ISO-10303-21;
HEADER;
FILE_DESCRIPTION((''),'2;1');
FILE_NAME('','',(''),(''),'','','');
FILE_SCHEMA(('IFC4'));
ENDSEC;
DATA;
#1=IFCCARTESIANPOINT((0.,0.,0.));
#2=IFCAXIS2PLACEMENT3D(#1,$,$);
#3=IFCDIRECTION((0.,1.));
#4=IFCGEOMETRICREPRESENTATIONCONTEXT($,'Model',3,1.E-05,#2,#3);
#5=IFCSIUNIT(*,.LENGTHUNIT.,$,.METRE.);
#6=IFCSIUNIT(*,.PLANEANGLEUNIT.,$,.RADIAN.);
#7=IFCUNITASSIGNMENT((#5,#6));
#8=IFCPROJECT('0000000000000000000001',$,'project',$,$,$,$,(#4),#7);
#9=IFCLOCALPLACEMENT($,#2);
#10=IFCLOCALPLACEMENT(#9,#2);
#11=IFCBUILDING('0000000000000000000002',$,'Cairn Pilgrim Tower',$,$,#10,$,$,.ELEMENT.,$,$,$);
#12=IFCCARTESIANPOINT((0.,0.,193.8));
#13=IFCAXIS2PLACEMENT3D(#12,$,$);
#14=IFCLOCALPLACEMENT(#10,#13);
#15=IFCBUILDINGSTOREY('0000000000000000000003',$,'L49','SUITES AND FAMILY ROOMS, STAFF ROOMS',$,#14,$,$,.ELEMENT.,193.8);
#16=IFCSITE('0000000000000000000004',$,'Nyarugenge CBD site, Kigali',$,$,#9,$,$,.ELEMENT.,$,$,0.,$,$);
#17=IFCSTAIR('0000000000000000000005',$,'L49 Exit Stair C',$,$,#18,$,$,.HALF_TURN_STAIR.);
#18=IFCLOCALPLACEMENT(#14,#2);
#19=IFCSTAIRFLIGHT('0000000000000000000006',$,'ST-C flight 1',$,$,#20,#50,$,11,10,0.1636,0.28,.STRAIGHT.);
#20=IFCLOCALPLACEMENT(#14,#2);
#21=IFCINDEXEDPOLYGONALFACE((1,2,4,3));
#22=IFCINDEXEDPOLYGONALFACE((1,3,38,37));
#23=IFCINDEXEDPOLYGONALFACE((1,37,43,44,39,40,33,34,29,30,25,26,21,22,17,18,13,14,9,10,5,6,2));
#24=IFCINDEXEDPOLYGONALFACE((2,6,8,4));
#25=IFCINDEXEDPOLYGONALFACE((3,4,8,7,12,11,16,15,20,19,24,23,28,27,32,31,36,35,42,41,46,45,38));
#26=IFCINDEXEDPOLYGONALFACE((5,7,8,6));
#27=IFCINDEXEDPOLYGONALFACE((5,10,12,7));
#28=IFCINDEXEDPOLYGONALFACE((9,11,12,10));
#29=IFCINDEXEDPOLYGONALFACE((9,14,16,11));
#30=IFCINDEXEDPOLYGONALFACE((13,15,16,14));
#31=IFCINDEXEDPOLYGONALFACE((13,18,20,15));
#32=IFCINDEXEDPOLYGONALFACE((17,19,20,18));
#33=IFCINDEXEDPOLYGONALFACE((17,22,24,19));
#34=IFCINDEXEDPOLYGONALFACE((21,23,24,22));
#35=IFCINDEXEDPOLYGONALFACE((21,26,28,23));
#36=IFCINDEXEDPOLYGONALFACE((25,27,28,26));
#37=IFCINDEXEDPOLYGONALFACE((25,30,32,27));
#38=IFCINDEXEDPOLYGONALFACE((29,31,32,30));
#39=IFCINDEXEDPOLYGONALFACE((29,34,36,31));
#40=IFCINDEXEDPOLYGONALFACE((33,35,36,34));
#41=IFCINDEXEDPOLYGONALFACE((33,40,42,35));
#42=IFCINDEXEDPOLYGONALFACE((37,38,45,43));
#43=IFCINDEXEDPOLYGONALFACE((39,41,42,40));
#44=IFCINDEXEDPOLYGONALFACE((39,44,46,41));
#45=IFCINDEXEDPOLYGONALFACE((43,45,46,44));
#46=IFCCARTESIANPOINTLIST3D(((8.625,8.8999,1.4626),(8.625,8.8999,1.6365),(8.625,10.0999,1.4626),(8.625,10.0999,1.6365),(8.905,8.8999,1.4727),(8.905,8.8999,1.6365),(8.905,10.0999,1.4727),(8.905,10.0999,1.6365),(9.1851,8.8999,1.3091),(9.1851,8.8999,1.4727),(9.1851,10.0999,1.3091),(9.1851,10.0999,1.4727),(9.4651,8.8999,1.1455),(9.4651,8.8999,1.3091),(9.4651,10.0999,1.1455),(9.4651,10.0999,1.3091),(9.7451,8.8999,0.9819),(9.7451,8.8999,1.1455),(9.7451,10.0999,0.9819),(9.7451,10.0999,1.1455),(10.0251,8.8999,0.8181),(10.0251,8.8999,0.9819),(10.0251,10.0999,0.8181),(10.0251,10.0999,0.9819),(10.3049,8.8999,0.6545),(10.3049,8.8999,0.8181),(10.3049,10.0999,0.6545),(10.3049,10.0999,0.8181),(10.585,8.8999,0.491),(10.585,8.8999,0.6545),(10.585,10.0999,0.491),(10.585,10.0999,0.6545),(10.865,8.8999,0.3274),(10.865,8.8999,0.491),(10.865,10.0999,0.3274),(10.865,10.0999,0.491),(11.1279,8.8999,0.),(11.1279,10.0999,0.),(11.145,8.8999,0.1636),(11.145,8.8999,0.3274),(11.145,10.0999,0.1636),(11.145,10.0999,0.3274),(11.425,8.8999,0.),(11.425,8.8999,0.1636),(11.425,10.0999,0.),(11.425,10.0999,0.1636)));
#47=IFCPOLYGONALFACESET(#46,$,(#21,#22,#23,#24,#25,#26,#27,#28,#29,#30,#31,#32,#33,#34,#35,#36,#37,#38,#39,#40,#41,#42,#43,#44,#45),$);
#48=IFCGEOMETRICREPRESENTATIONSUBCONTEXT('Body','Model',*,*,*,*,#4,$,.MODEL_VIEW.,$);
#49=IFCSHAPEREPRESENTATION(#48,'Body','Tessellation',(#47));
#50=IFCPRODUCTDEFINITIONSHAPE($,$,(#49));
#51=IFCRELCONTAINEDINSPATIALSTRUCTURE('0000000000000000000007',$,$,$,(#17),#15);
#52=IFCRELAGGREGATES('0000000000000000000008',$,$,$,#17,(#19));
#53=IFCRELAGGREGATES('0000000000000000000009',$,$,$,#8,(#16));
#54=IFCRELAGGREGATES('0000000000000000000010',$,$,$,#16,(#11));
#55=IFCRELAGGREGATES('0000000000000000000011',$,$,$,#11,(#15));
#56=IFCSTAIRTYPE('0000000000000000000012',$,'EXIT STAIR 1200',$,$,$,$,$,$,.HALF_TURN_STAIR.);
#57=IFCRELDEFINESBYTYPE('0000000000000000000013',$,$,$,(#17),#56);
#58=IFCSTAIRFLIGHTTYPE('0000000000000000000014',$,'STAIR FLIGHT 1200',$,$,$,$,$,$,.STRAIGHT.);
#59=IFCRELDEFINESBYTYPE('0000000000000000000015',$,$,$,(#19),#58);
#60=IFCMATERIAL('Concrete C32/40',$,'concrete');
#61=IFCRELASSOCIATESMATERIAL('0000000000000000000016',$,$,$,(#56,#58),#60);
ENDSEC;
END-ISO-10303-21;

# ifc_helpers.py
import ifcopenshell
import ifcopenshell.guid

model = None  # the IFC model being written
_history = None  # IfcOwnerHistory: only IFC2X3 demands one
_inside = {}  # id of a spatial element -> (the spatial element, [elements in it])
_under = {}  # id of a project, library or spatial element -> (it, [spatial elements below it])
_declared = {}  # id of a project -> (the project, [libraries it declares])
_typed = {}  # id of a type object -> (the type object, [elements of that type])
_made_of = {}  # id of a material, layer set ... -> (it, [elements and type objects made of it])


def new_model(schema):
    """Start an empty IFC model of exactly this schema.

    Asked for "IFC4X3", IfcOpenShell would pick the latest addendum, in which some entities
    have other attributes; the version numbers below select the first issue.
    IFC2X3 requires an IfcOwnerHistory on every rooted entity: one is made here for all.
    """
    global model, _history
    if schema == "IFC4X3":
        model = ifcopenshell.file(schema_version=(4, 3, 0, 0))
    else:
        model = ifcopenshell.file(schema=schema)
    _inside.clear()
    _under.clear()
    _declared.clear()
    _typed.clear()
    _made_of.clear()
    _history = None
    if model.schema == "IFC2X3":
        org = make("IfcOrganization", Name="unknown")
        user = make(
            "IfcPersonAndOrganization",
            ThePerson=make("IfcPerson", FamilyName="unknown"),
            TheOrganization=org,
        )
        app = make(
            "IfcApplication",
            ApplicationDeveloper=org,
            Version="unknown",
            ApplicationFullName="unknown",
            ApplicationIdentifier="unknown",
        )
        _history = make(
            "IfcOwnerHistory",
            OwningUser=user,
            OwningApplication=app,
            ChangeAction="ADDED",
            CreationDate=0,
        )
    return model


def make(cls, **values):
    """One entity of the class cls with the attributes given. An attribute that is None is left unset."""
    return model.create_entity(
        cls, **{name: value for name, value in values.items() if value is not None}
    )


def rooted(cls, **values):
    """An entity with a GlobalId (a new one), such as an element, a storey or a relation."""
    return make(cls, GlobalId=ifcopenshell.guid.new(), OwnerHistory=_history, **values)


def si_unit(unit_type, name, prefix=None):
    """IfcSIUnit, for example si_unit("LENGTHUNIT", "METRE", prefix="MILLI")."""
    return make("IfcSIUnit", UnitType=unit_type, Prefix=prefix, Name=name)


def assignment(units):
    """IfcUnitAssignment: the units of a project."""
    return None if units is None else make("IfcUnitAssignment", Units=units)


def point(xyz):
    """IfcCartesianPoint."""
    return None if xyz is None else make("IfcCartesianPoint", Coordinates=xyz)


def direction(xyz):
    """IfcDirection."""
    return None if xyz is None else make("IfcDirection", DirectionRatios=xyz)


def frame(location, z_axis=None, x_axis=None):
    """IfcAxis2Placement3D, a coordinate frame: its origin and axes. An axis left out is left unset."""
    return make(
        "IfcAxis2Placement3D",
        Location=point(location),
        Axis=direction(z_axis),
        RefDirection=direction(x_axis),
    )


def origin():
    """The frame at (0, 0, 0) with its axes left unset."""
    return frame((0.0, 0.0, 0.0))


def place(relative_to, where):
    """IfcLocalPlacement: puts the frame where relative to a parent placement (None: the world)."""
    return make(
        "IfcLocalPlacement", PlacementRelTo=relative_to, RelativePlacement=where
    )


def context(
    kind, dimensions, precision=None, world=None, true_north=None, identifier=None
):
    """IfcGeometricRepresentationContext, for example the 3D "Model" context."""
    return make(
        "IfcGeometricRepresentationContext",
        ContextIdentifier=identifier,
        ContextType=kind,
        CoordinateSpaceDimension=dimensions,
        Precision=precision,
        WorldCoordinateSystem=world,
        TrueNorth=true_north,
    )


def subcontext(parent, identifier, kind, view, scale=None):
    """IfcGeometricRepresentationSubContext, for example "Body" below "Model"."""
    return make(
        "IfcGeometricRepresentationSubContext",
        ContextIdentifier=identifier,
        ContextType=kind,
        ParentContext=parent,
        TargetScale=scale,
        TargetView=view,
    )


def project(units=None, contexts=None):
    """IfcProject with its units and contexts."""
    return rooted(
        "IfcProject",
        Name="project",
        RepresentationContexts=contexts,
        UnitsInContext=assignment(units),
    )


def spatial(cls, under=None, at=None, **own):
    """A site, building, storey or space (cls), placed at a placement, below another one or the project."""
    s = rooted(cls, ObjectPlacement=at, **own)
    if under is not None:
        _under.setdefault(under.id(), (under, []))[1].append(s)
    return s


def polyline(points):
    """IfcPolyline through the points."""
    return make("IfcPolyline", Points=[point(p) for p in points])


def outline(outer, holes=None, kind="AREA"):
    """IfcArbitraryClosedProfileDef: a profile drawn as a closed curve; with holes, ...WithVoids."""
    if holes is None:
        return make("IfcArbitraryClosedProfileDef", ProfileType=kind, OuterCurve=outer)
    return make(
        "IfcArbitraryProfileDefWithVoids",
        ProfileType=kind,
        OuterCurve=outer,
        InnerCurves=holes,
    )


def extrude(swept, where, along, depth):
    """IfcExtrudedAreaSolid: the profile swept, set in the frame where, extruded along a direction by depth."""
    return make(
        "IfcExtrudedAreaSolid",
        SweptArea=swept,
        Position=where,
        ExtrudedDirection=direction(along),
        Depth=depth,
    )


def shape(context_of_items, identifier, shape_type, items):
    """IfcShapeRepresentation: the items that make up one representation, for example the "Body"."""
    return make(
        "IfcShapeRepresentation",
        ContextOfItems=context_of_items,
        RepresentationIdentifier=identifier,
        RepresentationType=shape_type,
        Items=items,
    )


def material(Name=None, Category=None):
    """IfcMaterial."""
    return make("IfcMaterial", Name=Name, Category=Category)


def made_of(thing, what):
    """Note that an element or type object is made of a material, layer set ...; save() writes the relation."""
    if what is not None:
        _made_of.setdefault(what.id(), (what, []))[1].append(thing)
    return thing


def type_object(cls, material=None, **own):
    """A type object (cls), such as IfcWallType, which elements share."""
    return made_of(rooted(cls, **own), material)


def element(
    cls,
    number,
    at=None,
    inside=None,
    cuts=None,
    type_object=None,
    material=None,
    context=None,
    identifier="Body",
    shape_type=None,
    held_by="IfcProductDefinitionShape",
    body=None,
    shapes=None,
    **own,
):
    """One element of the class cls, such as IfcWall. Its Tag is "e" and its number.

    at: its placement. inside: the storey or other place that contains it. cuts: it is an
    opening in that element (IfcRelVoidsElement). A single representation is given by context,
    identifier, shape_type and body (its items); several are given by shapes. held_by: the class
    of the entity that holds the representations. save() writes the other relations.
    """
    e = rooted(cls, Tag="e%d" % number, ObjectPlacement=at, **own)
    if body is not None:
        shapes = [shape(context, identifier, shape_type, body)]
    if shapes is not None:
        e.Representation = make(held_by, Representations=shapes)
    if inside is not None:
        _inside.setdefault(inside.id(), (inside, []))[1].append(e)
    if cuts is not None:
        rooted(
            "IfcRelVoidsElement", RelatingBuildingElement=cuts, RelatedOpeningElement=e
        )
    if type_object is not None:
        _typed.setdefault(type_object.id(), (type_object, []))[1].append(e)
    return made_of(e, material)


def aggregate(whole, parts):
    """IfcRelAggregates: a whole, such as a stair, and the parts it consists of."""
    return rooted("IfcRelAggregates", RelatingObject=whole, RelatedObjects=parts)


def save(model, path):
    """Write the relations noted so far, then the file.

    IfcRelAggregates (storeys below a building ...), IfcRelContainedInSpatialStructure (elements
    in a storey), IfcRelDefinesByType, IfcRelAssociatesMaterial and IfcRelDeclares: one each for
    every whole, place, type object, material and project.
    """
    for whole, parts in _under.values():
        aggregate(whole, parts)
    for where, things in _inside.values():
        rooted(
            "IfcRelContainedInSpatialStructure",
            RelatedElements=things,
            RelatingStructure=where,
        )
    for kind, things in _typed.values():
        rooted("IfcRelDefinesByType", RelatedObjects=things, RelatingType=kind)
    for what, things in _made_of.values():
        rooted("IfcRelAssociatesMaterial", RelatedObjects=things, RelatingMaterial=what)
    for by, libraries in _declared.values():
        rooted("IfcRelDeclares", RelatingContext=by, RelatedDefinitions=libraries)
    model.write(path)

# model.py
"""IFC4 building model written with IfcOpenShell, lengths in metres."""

from ifc_helpers import new_model, si_unit, direction, frame, origin, place, context, subcontext, project, spatial, polyline, outline, extrude, material, type_object, element, aggregate, save


model = new_model("IFC4")

# Units and contexts
model_context = context("Model", 3, precision=1e-05, world=origin(), true_north=direction((0.0, 1.0)))
body_context = subcontext(model_context, "Body", "Model", "MODEL_VIEW")
ifc_project = project(units=[si_unit("LENGTHUNIT", "METRE"), si_unit("PLANEANGLEUNIT", "RADIAN")], contexts=[model_context])

# Site, building, storey
site_placement = place(None, origin())
site = spatial("IfcSite", under=ifc_project, at=site_placement, Name="Nyarugenge CBD site, Kigali", CompositionType="ELEMENT", RefElevation=0.0)
building_placement = place(site_placement, origin())
building = spatial("IfcBuilding", under=site, at=building_placement, Name="Cairn Pilgrim Tower", CompositionType="ELEMENT")
storey_placement = place(building_placement, frame((0.0, 0.0, 193.8)))
storey = spatial("IfcBuildingStorey", under=building, at=storey_placement, Name="L49", Description="SUITES AND FAMILY ROOMS, STAFF ROOMS", CompositionType="ELEMENT", Elevation=193.8)

# Shared definitions
ifc_material_1 = material(Name="Concrete C32/40", Category="concrete")

# Stair, stair flight
stair_type = type_object("IfcStairType", Name="EXIT STAIR 1200", PredefinedType="HALF_TURN_STAIR", material=ifc_material_1)
stair_placement = place(storey_placement, origin())
stair = element("IfcStair", 1, at=stair_placement, inside=storey, type_object=stair_type, Name="L49 Exit Stair C", PredefinedType="HALF_TURN_STAIR")
stair_flight_type = type_object("IfcStairFlightType", Name="STAIR FLIGHT 1200", PredefinedType="STRAIGHT", material=ifc_material_1)
stair_flight_placement = place(storey_placement, frame((11.425, 9.5, 0.0), z_axis=(0.0, 0.0, 1.0), x_axis=(-1.0, 0.0, 0.0)))
stair_flight = element("IfcStairFlight", 2, at=stair_flight_placement, type_object=stair_flight_type, Name="ST-C flight 1", NumberOfRisers=11, NumberOfTreads=10, PredefinedType="STRAIGHT", RiserHeight=0.1636, TreadLength=0.28, context=body_context, shape_type="SweptSolid", body=[
    extrude(outline(polyline([(0.0, 0.0), (0.0, 0.1636), (0.28, 0.1636), (0.28, 0.3274), (0.5601, 0.3274), (0.5601, 0.491), (0.8401, 0.491), (0.8401, 0.6545), (1.1201, 0.6545), (1.1201, 0.8181), (1.3999, 0.8181), (1.3999, 0.9819), (1.6799, 0.9819), (1.6799, 1.1455), (1.96, 1.1455), (1.96, 1.3091), (2.24, 1.3091), (2.24, 1.4727), (2.52, 1.4727), (2.52, 1.6365), (2.8, 1.6365), (2.8, 1.8), (2.8, 1.4626), (0.2971, 0.0), (0.0, 0.0)])), frame((0.0, 0.6001, 0.0), z_axis=(0.0, -1.0, 0.0), x_axis=(1.0, 0.0, 0.0)), (0.0, 0.0, 1.0), 1.2),
])
aggregate(stair, [stair_flight])

save(model, "model.ifc")
